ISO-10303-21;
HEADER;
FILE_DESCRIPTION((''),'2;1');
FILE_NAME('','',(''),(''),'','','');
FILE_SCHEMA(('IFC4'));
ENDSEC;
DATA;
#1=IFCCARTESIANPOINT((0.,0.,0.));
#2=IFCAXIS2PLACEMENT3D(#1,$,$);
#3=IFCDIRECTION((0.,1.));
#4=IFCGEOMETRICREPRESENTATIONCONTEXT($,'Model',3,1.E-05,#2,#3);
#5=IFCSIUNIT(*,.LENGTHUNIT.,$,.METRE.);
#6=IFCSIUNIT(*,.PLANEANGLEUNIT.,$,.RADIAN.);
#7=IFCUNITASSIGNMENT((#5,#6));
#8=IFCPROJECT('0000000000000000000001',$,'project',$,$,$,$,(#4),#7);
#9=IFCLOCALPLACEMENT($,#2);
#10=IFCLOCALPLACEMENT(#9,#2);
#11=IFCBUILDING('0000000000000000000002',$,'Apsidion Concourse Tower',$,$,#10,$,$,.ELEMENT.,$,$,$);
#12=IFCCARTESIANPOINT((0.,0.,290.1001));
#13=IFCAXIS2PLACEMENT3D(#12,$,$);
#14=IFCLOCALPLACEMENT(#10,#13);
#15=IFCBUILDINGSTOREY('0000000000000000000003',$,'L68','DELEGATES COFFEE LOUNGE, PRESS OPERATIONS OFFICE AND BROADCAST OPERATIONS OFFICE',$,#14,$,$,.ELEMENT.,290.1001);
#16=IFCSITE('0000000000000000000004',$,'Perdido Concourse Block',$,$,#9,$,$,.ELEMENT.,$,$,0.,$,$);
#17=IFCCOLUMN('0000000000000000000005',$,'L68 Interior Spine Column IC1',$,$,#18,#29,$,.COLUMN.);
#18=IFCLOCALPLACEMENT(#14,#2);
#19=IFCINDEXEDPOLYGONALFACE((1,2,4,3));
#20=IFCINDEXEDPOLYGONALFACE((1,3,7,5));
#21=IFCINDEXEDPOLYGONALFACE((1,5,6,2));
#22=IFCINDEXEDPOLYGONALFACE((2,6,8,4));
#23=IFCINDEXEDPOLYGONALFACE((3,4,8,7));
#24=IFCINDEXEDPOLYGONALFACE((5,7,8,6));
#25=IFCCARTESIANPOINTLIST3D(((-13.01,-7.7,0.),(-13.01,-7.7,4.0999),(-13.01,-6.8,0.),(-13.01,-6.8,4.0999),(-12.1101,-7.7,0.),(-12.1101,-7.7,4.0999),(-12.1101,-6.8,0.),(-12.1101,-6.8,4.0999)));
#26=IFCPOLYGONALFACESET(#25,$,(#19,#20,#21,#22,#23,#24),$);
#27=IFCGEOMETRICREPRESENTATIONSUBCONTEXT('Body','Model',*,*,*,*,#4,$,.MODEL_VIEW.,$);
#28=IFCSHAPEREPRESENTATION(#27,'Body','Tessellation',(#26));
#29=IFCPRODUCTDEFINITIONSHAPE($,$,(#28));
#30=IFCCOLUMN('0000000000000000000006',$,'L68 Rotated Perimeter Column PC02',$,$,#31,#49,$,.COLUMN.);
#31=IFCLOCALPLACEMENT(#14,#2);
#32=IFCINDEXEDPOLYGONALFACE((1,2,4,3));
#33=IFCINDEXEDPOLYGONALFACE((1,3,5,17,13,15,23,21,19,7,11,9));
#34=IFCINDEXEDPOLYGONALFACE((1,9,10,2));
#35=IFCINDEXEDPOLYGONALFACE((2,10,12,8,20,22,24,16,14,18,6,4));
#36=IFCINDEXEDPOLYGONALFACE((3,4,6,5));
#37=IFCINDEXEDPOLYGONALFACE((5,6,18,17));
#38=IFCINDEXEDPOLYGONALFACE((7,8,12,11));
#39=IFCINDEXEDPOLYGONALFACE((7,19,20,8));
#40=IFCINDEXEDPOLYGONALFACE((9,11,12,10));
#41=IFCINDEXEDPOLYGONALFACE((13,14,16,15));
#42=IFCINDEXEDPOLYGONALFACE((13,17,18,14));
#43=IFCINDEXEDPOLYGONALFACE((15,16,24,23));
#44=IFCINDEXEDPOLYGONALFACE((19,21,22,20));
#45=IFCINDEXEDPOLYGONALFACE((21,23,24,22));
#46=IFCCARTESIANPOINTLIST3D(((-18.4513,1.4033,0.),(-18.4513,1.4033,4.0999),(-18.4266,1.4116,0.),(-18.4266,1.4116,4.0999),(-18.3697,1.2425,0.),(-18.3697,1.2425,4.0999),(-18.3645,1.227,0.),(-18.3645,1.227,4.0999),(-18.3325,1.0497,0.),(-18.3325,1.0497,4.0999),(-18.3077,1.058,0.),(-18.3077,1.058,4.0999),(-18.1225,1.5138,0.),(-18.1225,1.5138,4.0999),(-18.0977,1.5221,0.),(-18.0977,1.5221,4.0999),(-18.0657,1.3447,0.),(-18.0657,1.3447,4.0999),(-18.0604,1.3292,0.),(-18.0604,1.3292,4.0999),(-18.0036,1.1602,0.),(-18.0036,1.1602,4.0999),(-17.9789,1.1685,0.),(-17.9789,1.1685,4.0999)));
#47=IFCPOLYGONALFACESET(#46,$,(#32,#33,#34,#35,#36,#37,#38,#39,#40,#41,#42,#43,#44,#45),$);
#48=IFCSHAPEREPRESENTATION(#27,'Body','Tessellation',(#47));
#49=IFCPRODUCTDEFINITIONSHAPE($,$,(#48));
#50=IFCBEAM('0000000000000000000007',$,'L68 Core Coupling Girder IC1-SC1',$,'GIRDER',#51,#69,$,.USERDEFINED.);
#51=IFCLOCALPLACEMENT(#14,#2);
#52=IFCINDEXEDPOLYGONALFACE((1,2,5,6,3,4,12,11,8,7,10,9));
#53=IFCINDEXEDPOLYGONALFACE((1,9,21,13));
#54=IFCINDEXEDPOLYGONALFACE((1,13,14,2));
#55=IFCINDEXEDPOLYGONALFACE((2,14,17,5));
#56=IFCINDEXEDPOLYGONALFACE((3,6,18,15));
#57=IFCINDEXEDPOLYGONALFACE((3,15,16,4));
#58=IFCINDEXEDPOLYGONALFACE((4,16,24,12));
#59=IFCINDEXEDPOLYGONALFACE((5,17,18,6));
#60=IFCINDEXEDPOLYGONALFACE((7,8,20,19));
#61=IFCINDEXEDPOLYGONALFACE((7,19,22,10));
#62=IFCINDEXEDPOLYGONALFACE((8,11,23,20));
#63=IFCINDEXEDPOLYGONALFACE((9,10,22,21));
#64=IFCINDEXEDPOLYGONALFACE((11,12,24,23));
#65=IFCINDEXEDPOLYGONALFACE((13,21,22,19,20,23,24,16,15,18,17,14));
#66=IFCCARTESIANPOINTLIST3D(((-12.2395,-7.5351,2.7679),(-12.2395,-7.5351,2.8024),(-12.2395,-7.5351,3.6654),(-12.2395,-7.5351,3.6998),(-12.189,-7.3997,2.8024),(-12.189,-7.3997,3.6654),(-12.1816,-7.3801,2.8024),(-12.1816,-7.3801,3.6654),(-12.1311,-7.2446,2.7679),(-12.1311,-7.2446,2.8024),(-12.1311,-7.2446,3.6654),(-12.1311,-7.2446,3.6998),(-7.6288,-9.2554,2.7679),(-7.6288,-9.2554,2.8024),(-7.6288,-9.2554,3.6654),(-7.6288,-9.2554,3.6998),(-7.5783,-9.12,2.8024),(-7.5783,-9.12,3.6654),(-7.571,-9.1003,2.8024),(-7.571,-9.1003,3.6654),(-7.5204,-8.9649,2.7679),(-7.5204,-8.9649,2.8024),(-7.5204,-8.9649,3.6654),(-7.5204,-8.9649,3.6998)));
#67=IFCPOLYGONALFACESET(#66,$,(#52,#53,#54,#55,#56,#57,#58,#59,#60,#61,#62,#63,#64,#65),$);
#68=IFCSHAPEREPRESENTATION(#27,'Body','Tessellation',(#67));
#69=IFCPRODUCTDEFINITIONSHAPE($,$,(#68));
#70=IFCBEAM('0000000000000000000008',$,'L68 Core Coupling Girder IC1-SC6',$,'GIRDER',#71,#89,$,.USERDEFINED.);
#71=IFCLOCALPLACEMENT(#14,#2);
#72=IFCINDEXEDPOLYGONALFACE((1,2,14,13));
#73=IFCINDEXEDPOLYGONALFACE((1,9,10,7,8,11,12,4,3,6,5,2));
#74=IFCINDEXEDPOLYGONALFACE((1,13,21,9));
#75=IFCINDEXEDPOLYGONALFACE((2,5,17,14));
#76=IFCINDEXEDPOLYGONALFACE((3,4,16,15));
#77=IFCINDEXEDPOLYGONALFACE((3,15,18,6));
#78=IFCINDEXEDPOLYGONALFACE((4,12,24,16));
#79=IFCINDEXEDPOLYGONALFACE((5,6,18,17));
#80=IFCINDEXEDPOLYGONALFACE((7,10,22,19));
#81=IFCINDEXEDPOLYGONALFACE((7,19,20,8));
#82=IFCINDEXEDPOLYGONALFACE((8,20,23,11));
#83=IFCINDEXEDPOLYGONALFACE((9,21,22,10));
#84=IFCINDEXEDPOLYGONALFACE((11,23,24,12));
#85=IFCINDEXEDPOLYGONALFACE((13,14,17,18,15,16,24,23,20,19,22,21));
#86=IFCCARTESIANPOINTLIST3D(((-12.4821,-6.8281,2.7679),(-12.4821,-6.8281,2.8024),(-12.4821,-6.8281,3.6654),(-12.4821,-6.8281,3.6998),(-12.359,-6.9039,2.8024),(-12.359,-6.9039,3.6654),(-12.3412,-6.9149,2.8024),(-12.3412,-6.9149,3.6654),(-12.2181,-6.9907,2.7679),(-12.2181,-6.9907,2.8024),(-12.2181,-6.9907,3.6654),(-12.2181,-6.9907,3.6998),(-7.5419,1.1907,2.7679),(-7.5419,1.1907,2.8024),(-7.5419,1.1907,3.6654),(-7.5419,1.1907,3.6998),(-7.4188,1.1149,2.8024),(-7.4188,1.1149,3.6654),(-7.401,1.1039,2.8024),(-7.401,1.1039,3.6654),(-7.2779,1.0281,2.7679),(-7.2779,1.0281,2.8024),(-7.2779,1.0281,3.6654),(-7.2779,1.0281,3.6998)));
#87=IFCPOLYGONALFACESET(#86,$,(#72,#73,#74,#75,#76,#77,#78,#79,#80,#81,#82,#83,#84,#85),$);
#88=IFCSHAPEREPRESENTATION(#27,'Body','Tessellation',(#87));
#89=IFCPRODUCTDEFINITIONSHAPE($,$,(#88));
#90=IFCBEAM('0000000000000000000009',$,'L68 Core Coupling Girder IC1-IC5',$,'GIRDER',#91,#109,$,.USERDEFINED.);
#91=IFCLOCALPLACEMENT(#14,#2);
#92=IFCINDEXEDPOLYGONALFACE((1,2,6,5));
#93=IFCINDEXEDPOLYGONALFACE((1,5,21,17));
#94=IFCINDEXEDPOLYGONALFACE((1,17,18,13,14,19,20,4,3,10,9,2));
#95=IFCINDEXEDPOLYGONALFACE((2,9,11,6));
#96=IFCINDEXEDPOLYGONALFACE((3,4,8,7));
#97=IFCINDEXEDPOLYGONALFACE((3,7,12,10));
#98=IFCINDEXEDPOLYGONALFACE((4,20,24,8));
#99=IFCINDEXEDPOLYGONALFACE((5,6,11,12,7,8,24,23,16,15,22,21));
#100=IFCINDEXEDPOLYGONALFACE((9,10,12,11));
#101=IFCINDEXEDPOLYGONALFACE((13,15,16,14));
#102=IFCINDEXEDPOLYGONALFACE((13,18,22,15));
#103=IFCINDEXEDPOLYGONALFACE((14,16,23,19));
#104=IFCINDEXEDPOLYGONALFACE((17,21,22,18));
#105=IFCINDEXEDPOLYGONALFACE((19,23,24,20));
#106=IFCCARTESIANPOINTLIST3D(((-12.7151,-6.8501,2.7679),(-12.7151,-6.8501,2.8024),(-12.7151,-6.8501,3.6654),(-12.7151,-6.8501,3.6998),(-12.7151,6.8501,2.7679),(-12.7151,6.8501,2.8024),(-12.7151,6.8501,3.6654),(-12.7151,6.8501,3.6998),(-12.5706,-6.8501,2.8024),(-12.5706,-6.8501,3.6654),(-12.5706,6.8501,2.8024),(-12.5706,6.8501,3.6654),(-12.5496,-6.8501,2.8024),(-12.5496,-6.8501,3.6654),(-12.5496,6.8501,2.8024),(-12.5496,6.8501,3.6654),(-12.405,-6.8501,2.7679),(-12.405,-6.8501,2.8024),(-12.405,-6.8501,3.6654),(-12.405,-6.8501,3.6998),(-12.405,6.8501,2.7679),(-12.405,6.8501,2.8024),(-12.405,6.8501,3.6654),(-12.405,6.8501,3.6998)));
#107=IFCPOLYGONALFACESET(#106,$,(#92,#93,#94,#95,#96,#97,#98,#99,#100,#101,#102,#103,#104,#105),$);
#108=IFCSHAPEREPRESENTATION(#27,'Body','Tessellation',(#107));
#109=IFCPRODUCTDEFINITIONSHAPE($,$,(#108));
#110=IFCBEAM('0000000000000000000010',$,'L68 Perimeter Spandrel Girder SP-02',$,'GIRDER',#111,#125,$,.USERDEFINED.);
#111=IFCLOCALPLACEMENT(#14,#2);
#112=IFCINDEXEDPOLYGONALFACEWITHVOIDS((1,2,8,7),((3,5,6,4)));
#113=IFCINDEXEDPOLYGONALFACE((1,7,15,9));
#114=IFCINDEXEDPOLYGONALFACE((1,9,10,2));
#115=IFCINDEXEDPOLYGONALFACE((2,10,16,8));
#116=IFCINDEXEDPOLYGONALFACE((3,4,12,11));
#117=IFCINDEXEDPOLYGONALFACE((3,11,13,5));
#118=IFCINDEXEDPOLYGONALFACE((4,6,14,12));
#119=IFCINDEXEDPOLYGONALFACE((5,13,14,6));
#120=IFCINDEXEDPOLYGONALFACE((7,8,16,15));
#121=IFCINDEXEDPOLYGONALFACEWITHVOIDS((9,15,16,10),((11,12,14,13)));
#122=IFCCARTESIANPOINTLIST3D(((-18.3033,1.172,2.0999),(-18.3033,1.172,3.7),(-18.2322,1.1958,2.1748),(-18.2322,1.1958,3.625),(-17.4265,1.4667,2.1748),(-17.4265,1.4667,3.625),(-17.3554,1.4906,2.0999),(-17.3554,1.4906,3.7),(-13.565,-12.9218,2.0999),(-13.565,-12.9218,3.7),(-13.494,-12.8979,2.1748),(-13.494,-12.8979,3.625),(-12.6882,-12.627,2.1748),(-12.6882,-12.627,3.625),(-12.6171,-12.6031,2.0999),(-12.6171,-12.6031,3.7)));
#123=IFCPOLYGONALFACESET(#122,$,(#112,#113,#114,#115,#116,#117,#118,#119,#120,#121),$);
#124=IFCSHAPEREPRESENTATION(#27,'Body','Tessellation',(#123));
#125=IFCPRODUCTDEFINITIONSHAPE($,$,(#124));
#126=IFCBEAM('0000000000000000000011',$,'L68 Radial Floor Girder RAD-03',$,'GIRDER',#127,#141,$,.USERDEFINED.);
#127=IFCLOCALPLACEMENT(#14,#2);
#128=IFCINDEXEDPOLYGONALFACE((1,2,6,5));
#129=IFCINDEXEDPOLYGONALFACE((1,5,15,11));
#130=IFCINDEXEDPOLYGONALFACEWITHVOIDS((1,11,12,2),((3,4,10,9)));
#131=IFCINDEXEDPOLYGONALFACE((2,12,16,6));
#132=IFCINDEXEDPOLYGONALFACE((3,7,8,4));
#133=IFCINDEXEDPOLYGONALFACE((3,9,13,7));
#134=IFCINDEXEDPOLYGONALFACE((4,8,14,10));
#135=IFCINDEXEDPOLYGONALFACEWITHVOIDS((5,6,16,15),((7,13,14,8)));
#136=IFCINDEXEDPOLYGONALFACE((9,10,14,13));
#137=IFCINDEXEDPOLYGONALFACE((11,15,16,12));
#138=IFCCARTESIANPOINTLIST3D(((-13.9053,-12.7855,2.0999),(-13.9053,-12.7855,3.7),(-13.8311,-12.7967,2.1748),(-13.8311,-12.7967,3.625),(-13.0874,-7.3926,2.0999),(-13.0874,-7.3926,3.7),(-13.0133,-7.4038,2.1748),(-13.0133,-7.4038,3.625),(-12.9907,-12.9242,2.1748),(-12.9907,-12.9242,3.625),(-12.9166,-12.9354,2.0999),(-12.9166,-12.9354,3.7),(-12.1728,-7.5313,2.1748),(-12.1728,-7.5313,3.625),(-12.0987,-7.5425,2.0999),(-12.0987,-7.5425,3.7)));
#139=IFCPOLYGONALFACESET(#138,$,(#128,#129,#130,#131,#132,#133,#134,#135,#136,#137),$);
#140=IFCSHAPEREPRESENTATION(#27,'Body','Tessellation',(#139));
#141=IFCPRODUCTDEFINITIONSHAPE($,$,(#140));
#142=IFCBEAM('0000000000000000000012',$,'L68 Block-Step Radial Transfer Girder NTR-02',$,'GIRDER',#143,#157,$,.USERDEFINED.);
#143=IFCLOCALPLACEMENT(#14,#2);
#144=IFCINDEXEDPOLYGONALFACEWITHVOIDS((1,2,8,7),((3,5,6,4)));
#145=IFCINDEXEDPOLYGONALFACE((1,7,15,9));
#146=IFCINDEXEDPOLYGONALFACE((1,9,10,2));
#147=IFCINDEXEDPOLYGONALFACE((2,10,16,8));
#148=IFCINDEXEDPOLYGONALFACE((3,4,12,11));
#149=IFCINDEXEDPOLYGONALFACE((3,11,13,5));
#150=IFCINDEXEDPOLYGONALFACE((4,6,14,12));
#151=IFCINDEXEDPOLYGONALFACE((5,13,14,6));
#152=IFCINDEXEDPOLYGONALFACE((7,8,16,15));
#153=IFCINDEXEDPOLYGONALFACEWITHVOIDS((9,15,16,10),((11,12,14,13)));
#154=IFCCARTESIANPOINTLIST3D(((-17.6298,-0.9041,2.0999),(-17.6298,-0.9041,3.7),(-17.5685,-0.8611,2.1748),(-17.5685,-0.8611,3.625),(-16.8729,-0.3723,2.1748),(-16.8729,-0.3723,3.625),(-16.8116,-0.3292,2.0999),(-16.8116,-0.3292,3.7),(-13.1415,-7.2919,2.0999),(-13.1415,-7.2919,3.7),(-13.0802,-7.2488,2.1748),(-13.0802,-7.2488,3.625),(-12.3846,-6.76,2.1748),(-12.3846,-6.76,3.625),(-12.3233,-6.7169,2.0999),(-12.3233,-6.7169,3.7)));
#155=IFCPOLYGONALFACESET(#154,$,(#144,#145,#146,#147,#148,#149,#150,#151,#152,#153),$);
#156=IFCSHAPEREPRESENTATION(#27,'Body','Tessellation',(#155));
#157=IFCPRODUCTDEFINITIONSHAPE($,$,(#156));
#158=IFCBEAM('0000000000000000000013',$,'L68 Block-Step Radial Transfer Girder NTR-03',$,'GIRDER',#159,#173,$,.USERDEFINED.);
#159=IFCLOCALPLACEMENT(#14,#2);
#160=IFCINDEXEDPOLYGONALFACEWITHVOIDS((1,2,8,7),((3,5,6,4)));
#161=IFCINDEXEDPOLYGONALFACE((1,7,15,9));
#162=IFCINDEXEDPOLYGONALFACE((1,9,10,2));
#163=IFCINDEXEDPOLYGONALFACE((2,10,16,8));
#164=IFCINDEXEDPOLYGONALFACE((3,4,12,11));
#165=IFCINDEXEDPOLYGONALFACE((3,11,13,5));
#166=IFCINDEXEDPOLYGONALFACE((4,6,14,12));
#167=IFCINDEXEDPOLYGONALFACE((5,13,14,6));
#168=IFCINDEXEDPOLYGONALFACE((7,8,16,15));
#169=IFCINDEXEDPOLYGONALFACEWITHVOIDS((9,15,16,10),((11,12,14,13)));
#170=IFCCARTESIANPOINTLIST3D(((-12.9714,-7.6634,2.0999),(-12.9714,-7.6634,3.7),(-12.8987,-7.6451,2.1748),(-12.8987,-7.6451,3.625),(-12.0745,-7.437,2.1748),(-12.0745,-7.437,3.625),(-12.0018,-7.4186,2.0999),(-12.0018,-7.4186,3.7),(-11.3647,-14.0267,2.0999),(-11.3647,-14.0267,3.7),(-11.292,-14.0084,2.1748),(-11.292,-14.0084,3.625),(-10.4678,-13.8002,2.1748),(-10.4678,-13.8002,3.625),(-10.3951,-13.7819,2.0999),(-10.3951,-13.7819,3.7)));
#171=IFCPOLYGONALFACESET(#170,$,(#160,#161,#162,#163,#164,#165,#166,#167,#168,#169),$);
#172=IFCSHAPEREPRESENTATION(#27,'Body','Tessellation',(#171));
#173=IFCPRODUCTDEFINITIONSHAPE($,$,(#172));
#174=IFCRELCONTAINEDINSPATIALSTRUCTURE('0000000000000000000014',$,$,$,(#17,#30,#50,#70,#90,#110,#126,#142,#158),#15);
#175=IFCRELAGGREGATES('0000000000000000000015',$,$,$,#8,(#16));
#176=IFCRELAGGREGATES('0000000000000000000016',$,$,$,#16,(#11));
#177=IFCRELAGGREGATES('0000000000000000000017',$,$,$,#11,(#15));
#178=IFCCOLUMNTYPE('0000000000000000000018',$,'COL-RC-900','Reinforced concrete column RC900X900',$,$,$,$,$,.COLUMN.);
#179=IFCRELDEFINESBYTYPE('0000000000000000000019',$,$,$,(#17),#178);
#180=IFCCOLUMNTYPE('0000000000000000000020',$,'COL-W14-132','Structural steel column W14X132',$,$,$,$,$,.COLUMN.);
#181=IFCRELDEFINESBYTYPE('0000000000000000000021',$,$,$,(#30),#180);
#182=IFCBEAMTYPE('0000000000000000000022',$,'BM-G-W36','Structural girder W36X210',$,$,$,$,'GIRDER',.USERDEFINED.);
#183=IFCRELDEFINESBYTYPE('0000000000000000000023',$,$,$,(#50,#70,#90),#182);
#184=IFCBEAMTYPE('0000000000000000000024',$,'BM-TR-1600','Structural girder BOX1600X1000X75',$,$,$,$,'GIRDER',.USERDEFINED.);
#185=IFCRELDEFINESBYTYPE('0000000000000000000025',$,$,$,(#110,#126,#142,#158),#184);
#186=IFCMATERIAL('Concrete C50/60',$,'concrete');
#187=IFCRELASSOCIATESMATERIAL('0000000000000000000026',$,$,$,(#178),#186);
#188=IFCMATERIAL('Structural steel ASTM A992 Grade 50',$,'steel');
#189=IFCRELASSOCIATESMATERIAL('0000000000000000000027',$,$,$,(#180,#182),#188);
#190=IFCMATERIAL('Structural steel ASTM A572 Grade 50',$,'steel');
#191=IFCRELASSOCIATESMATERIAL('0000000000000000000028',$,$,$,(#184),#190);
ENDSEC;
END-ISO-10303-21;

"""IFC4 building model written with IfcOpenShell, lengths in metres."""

from ifc_helpers import new_model, si_unit, direction, frame, origin, origin_2d, place, context, subcontext, project, spatial, rectangle, hollow_rectangle, i_section, extrude, material, material_profile, profile_set, type_object, element, save


model = new_model("IFC4")

# Units and contexts
model_context = context("Model", 3, precision=1e-05, world=origin(), true_north=direction((0.0, 1.0)))
body_context = subcontext(model_context, "Body", "Model", "MODEL_VIEW")
ifc_project = project(units=[si_unit("LENGTHUNIT", "METRE"), si_unit("PLANEANGLEUNIT", "RADIAN")], contexts=[model_context])

# Site, building, storey
site_placement = place(None, origin())
site = spatial("IfcSite", under=ifc_project, at=site_placement, Name="Perdido Concourse Block", CompositionType="ELEMENT", RefElevation=0.0)
building_placement = place(site_placement, origin())
building = spatial("IfcBuilding", under=site, at=building_placement, Name="Apsidion Concourse Tower", CompositionType="ELEMENT")
storey_placement = place(building_placement, frame((0.0, 0.0, 290.1001)))
storey = spatial("IfcBuildingStorey", under=building, at=storey_placement, Name="L68", Description="DELEGATES COFFEE LOUNGE, PRESS OPERATIONS OFFICE AND BROADCAST OPERATIONS OFFICE", CompositionType="ELEMENT", Elevation=290.1001)

# Columns
ifc_material_1 = material(Name="Concrete C50/60", Category="concrete")
ifc_material_profile_1 = material_profile(ifc_material_1, rectangle(XDim=0.8999, YDim=0.8999, at=origin_2d()), Name="RC 900x900")
ifc_profile_set_1 = profile_set([ifc_material_profile_1], Name="Concrete C50/60")
column_type_1 = type_object("IfcColumnType", Name="COL-RC-900", Description="Reinforced concrete column RC900X900", PredefinedType="COLUMN", material=ifc_profile_set_1)
column_1_placement = place(storey_placement, frame((-12.5601, -7.25, 0.0), z_axis=(0.0, 0.0, 1.0), x_axis=(1.0, 0.0, 0.0)))
element("IfcColumn", 1, at=column_1_placement, inside=storey, type_object=column_type_1, Name="L68 Interior Spine Column IC1", PredefinedType="COLUMN", context=body_context, shape_type="SweptSolid", body=[
    extrude(rectangle(XDim=0.8999, YDim=0.8999, at=origin_2d()), origin(), (0.0, 0.0, 1.0), 4.0999),
])
ifc_material_2 = material(Name="Structural steel ASTM A992 Grade 50", Category="steel")
ifc_material_profile_2 = material_profile(ifc_material_2, i_section(OverallWidth=0.373, OverallDepth=0.373, WebThickness=0.0164, FlangeThickness=0.0261, at=origin_2d()), Name="W14X132")
ifc_profile_set_2 = profile_set([ifc_material_profile_2], Name="Structural steel ASTM A992 Grade 50")
column_type_2 = type_object("IfcColumnType", Name="COL-W14-132", Description="Structural steel column W14X132", PredefinedType="COLUMN", material=ifc_profile_set_2)
column_2_placement = place(storey_placement, frame((-18.2151, 1.2859, 0.0), z_axis=(0.0, 0.0, 1.0), x_axis=(-0.318628, 0.94788, 0.0)))
element("IfcColumn", 2, at=column_2_placement, inside=storey, type_object=column_type_2, Name="L68 Rotated Perimeter Column PC02", PredefinedType="COLUMN", context=body_context, shape_type="SweptSolid", body=[
    extrude(i_section(OverallWidth=0.373, OverallDepth=0.373, WebThickness=0.0164, FlangeThickness=0.0261, at=origin_2d()), origin(), (0.0, 0.0, 1.0), 4.0999),
])

# Beams
ifc_material_profile_3 = material_profile(ifc_material_2, i_section(OverallWidth=0.3101, OverallDepth=0.9319, WebThickness=0.021, FlangeThickness=0.0344, at=origin_2d()), Name="W36X210")
ifc_profile_set_3 = profile_set([ifc_material_profile_3], Name="Structural steel ASTM A992 Grade 50")
beam_type_1 = type_object("IfcBeamType", Name="BM-G-W36", Description="Structural girder W36X210", ElementType="GIRDER", PredefinedType="USERDEFINED", material=ifc_profile_set_3)
beam_1_placement = place(storey_placement, frame((-12.1853, -7.3899, 3.2339), z_axis=(0.936913, -0.349563, 0.0), x_axis=(0.349563, 0.936913, 0.0)))
element("IfcBeam", 3, at=beam_1_placement, inside=storey, type_object=beam_type_1, Name="L68 Core Coupling Girder IC1-SC1", ObjectType="GIRDER", PredefinedType="USERDEFINED", context=body_context, shape_type="SweptSolid", body=[
    extrude(i_section(OverallWidth=0.3101, OverallDepth=0.9319, WebThickness=0.021, FlangeThickness=0.0344, at=origin_2d()), origin(), (0.0, 0.0, 1.0), 4.9211),
])
beam_2_placement = place(storey_placement, frame((-12.3501, -6.9094, 3.2339), z_axis=(0.524524, 0.851396, 0.0), x_axis=(-0.851396, 0.524524, 0.0)))
element("IfcBeam", 4, at=beam_2_placement, inside=storey, type_object=beam_type_1, Name="L68 Core Coupling Girder IC1-SC6", ObjectType="GIRDER", PredefinedType="USERDEFINED", context=body_context, shape_type="SweptSolid", body=[
    extrude(i_section(OverallWidth=0.3101, OverallDepth=0.9319, WebThickness=0.021, FlangeThickness=0.0344, at=origin_2d()), origin(), (0.0, 0.0, 1.0), 9.4185),
])
beam_3_placement = place(storey_placement, frame((-12.5601, -6.8501, 3.2339), z_axis=(0.0, 1.0, 0.0), x_axis=(-1.0, 0.0, 0.0)))
element("IfcBeam", 5, at=beam_3_placement, inside=storey, type_object=beam_type_1, Name="L68 Core Coupling Girder IC1-IC5", ObjectType="GIRDER", PredefinedType="USERDEFINED", context=body_context, shape_type="SweptSolid", body=[
    extrude(i_section(OverallWidth=0.3101, OverallDepth=0.9319, WebThickness=0.021, FlangeThickness=0.0344, at=origin_2d()), origin(), (0.0, 0.0, 1.0), 13.7002),
])
ifc_material_3 = material(Name="Structural steel ASTM A572 Grade 50", Category="steel")
ifc_material_profile_4 = material_profile(ifc_material_3, hollow_rectangle(XDim=1.0, YDim=1.6001, WallThickness=0.075, at=origin_2d()), Name="BOX1600X1000X75")
ifc_profile_set_4 = profile_set([ifc_material_profile_4], Name="Structural steel ASTM A572 Grade 50")
beam_type_2 = type_object("IfcBeamType", Name="BM-TR-1600", Description="Structural girder BOX1600X1000X75", ElementType="GIRDER", PredefinedType="USERDEFINED", material=ifc_profile_set_4)
beam_4_placement = place(storey_placement, frame((-17.8293, 1.3313, 2.8999), z_axis=(0.31867, -0.947866, 0.0), x_axis=(0.947866, 0.31867, 0.0)))
element("IfcBeam", 6, at=beam_4_placement, inside=storey, type_object=beam_type_2, Name="L68 Perimeter Spandrel Girder SP-02", ObjectType="GIRDER", PredefinedType="USERDEFINED", context=body_context, shape_type="SweptSolid", body=[
    extrude(hollow_rectangle(XDim=1.0, YDim=1.6001, WallThickness=0.075, at=origin_2d()), origin(), (0.0, 0.0, 1.0), 14.8689),
])
beam_5_placement = place(storey_placement, frame((-12.593, -7.4675, 2.8999), z_axis=(-0.149945, -0.988694, 0.0), x_axis=(0.988694, -0.149945, 0.0)))
element("IfcBeam", 7, at=beam_5_placement, inside=storey, type_object=beam_type_2, Name="L68 Radial Floor Girder RAD-03", ObjectType="GIRDER", PredefinedType="USERDEFINED", context=body_context, shape_type="SweptSolid", body=[
    extrude(hollow_rectangle(XDim=1.0, YDim=1.6001, WallThickness=0.075, at=origin_2d()), origin(), (0.0, 0.0, 1.0), 5.4546),
])
beam_6_placement = place(storey_placement, frame((-12.7324, -7.0044, 2.8999), z_axis=(-0.574914, 0.818214, 0.0), x_axis=(-0.818214, -0.574914, 0.0)))
element("IfcBeam", 8, at=beam_6_placement, inside=storey, type_object=beam_type_2, Name="L68 Block-Step Radial Transfer Girder NTR-02", ObjectType="GIRDER", PredefinedType="USERDEFINED", context=body_context, shape_type="SweptSolid", body=[
    extrude(hollow_rectangle(XDim=1.0, YDim=1.6001, WallThickness=0.075, at=origin_2d()), origin(), (0.0, 0.0, 1.0), 7.8069),
])
beam_7_placement = place(storey_placement, frame((-12.4866, -7.541, 2.8999), z_axis=(0.244811, -0.969571, 0.0), x_axis=(0.969571, 0.244811, 0.0)))
element("IfcBeam", 9, at=beam_7_placement, inside=storey, type_object=beam_type_2, Name="L68 Block-Step Radial Transfer Girder NTR-03", ObjectType="GIRDER", PredefinedType="USERDEFINED", context=body_context, shape_type="SweptSolid", body=[
    extrude(hollow_rectangle(XDim=1.0, YDim=1.6001, WallThickness=0.075, at=origin_2d()), origin(), (0.0, 0.0, 1.0), 6.563),
])

save(model, "model.ifc")
